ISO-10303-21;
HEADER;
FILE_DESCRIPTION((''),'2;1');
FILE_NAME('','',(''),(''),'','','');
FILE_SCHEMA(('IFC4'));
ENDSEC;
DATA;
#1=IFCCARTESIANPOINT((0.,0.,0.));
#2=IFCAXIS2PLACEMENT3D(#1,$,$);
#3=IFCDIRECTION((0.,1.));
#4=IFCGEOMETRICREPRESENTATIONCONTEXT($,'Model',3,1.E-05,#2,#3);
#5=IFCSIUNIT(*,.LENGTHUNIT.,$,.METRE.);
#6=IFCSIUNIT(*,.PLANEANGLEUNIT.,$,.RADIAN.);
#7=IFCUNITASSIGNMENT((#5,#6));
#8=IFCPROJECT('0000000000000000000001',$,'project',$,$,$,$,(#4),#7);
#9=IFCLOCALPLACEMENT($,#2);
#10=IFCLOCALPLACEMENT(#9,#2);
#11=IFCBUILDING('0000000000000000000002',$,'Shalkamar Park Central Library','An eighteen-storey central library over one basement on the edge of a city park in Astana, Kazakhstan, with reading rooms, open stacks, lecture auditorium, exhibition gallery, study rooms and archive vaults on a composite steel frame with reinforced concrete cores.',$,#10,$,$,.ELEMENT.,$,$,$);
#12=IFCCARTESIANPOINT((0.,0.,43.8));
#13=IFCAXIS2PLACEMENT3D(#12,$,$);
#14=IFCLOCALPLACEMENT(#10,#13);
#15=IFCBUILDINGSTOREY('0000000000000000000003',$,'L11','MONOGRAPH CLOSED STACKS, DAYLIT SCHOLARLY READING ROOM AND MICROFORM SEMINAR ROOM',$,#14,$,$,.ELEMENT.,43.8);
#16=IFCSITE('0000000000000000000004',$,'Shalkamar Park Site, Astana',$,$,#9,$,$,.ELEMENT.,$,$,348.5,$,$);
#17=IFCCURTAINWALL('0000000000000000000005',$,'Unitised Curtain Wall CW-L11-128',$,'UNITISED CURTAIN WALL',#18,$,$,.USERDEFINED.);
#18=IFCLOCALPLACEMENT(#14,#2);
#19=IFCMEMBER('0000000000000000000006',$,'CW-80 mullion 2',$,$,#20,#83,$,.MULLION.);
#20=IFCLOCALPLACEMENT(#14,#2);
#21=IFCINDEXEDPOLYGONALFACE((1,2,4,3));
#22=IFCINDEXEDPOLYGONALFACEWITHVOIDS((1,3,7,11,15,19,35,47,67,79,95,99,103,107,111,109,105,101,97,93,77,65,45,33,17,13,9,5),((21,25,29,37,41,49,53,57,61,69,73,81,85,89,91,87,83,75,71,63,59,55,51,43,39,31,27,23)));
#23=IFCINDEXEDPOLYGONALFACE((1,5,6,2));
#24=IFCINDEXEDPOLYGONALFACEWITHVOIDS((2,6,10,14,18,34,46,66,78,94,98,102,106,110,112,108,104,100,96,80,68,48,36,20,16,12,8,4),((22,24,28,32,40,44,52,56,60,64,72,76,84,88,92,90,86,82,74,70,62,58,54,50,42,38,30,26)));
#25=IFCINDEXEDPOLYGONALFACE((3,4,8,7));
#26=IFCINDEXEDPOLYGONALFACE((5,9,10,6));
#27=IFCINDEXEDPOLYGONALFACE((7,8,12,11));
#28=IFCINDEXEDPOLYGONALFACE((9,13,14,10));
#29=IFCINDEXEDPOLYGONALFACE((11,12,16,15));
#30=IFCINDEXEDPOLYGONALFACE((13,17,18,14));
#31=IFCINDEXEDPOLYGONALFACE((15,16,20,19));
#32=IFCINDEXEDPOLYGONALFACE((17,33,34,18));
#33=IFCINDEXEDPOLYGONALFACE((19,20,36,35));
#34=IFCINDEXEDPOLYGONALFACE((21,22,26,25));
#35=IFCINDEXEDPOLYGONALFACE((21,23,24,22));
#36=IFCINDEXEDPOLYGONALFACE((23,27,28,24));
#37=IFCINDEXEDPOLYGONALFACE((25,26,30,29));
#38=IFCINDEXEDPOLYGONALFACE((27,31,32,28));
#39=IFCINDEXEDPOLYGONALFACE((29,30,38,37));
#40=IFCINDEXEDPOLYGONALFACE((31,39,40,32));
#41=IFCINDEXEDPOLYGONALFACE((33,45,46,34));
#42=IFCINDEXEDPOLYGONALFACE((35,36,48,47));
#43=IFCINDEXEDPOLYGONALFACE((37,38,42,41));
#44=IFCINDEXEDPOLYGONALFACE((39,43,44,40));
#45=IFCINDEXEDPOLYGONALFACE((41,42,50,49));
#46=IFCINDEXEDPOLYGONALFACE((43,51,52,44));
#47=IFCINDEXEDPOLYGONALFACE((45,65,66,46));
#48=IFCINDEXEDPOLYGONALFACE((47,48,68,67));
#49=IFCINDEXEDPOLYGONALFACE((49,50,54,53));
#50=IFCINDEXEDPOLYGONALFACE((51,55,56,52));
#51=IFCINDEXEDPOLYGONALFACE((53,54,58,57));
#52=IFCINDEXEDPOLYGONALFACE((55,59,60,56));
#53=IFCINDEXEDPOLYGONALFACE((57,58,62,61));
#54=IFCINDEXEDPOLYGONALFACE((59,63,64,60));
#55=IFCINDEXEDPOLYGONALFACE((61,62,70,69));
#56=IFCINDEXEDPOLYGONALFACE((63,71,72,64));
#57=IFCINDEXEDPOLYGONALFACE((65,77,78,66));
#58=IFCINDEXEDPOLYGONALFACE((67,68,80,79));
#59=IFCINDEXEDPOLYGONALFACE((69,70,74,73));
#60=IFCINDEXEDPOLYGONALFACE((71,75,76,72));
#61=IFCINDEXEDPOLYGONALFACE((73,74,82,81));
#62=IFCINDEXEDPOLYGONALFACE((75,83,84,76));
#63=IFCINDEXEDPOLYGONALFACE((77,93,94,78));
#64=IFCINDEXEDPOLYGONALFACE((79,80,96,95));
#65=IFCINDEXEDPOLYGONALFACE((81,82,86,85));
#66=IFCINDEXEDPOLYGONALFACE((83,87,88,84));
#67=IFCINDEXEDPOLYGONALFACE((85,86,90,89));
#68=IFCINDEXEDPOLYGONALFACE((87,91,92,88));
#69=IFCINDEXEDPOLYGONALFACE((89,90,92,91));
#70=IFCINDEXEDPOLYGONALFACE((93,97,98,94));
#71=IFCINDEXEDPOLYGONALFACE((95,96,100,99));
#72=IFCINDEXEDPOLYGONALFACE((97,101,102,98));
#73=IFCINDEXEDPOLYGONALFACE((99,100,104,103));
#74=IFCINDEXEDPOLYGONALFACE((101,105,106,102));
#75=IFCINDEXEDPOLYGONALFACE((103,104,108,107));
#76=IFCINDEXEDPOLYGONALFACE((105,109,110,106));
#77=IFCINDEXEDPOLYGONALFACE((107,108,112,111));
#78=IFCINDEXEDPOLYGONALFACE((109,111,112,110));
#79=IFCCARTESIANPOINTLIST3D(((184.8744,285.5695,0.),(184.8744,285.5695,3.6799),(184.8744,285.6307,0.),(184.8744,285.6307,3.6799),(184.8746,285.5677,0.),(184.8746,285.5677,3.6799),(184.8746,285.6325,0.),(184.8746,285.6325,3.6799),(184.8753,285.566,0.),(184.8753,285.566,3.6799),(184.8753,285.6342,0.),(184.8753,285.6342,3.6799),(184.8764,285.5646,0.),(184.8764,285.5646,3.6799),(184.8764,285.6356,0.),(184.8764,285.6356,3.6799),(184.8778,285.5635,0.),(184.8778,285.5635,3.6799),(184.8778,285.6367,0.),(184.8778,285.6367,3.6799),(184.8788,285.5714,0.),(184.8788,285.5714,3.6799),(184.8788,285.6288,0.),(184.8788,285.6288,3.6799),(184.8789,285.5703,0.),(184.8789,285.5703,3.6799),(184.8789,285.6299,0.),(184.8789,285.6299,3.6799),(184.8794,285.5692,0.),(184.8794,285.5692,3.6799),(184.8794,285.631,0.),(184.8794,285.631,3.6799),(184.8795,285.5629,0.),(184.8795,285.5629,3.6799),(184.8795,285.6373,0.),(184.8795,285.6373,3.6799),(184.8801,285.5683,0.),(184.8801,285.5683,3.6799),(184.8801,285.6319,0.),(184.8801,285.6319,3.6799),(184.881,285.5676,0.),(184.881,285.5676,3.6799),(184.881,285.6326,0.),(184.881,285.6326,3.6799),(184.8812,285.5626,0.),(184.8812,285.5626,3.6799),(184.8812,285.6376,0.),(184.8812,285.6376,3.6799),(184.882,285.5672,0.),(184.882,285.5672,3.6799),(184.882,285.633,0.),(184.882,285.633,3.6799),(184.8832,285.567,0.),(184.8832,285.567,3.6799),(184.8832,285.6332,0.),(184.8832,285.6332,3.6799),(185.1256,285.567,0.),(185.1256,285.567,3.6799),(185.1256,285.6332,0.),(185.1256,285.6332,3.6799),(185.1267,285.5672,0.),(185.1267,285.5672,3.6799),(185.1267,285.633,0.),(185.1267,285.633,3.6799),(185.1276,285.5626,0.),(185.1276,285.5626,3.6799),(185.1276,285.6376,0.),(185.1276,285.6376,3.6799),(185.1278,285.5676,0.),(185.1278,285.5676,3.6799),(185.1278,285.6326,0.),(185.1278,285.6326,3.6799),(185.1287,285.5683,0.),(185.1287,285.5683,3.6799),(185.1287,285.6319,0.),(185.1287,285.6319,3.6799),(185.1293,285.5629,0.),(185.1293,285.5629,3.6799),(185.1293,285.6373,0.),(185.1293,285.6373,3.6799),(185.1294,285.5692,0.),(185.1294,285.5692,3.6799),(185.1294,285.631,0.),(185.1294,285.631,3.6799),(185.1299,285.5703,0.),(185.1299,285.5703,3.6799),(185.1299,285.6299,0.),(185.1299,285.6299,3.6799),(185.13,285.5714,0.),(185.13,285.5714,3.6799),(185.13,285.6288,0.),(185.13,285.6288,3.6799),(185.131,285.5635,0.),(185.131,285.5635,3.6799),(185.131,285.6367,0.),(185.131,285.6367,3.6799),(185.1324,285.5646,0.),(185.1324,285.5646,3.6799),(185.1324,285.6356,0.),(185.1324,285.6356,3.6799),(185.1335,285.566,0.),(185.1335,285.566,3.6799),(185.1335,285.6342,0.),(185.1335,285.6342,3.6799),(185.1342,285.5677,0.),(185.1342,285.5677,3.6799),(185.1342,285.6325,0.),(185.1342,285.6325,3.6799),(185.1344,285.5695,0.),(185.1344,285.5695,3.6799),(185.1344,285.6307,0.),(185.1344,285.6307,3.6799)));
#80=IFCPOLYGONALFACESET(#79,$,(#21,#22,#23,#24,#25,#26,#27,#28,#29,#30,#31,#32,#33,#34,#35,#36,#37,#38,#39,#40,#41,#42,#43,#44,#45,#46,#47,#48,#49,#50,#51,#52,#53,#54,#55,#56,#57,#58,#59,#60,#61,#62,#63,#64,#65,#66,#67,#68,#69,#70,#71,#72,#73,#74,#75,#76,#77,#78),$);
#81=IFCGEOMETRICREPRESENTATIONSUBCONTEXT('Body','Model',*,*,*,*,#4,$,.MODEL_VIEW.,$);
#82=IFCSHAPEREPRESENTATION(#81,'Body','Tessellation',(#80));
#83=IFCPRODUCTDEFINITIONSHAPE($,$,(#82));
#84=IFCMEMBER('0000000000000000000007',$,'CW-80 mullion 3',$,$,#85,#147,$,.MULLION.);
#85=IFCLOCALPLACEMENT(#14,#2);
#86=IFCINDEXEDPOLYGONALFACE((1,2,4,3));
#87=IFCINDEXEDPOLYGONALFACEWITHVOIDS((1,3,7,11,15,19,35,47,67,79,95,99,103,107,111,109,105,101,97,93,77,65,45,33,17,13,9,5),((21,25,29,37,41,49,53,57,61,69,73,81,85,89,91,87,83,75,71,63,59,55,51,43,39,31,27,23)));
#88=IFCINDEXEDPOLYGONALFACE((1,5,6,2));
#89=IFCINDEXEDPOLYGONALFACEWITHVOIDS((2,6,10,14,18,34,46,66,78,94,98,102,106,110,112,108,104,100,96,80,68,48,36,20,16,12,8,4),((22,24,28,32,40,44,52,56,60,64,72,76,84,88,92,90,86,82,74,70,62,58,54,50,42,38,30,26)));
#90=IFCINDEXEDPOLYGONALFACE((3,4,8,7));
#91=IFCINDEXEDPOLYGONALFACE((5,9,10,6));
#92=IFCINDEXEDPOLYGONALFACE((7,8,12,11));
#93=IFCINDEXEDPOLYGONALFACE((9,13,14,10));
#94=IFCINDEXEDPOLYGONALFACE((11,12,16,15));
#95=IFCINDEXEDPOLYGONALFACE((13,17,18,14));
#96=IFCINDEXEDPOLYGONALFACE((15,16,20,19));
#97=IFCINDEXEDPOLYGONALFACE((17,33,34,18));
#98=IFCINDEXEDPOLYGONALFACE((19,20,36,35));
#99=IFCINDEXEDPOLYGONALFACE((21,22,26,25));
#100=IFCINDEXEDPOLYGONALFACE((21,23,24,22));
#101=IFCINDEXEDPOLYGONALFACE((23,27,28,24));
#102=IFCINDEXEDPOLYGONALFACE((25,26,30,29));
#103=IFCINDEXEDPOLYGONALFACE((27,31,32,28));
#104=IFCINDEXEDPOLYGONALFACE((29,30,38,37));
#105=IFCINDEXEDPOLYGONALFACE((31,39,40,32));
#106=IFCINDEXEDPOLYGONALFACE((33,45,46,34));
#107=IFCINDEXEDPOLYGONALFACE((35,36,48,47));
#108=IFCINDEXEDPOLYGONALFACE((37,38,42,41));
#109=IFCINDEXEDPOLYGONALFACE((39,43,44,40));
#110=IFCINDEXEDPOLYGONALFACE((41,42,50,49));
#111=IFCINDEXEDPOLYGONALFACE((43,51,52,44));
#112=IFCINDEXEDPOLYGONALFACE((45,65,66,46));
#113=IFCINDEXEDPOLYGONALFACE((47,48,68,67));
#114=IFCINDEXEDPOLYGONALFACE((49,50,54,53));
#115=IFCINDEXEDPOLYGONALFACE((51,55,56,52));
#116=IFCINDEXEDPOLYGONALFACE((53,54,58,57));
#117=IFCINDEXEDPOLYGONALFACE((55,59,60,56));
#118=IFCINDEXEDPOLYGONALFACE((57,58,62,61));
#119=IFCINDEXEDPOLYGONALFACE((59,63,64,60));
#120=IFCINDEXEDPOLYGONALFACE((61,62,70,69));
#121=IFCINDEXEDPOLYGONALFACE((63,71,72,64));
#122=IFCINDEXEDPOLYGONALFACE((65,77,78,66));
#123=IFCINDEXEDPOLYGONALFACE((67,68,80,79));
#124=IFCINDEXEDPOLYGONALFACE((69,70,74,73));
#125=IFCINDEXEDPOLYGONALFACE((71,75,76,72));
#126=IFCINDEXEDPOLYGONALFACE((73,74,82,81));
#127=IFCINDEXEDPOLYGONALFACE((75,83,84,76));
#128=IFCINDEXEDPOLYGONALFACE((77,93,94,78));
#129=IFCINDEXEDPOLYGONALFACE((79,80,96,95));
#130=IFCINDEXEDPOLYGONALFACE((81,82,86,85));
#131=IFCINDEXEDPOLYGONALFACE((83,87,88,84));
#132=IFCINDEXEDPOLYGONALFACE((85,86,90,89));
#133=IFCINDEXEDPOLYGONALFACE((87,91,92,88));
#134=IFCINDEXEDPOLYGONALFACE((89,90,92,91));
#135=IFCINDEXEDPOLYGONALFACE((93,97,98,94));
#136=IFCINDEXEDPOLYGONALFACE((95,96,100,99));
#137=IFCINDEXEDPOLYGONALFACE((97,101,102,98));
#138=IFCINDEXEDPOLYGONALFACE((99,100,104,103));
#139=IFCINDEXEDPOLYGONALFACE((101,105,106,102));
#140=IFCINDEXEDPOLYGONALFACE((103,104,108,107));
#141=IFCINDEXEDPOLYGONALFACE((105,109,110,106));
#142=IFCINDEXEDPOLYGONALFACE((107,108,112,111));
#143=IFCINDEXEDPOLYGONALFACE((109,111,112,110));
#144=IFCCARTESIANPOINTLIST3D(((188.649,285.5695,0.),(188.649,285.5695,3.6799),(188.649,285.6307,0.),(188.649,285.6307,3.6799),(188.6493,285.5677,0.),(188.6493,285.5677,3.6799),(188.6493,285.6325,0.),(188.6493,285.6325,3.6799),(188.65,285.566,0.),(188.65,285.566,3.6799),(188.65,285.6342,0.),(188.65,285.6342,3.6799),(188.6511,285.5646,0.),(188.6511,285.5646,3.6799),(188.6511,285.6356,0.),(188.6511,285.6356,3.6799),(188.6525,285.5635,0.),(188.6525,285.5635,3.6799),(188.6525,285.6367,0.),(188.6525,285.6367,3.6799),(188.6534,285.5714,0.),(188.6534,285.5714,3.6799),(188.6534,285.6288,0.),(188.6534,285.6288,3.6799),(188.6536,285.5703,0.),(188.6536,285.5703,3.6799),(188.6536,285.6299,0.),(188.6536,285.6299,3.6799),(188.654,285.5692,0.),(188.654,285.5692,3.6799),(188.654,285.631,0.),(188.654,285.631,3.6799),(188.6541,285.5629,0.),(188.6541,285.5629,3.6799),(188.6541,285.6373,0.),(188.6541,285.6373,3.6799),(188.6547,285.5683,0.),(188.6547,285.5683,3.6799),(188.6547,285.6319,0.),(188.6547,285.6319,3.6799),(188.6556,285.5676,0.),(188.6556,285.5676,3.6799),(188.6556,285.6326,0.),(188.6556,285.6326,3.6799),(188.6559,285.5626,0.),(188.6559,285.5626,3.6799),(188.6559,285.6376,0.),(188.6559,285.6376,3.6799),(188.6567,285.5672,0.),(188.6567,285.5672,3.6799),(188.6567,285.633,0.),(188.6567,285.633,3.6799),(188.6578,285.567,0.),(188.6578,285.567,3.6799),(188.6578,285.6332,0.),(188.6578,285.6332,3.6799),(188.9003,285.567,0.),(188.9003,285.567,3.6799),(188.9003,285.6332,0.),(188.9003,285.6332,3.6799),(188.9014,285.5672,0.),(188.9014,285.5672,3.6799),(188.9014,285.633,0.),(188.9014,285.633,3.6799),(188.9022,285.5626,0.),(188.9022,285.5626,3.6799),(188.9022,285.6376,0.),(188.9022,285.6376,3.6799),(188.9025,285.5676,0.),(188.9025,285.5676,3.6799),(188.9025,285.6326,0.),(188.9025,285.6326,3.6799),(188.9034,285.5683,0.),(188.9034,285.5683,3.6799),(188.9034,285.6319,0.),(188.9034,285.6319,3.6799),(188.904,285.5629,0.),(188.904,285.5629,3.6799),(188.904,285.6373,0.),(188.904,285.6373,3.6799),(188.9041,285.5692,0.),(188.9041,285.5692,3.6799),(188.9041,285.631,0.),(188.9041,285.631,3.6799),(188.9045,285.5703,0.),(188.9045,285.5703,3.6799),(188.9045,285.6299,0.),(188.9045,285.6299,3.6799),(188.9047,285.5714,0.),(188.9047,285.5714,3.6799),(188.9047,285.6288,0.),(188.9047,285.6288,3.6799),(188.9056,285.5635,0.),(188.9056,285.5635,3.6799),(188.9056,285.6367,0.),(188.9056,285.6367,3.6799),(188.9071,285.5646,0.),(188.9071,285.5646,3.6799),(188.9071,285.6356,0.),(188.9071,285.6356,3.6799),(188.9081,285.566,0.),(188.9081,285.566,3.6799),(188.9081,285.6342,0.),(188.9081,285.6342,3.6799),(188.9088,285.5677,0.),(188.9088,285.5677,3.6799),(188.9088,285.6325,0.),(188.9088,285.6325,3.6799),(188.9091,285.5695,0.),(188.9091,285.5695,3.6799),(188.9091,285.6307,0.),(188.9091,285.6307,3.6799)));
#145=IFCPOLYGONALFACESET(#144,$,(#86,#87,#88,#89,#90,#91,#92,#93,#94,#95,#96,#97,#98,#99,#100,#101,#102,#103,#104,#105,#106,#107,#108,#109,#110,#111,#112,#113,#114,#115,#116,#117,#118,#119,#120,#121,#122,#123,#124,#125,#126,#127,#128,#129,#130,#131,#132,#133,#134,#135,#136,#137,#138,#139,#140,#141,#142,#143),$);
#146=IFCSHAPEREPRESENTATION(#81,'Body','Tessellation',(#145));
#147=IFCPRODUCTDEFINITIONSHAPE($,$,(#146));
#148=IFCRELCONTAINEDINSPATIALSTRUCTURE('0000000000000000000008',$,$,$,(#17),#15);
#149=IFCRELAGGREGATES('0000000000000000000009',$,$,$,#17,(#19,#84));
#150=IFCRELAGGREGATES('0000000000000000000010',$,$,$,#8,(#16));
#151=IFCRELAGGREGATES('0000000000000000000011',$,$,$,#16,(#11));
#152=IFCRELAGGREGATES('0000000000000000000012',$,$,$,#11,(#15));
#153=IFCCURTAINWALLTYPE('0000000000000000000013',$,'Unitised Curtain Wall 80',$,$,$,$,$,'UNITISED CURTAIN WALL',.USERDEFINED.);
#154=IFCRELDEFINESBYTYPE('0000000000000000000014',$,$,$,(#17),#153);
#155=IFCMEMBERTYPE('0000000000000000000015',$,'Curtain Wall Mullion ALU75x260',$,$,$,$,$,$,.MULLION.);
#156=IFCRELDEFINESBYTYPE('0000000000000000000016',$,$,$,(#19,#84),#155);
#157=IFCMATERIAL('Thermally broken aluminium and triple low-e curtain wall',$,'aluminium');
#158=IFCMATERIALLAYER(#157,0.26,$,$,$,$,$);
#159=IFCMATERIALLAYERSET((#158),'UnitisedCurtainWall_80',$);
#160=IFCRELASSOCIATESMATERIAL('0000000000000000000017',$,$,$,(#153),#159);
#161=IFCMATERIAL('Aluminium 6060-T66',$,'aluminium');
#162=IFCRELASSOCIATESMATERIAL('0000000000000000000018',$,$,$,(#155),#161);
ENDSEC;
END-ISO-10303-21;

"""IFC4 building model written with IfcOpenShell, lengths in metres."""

from ifc_helpers import new_model, si_unit, direction, frame, origin, origin_2d, place, context, subcontext, project, spatial, hollow_rectangle, extrude, material, layer, layer_set, material_profile, profile_set, type_object, element, aggregate, save


model = new_model("IFC4")

# Units and contexts
model_context = context("Model", 3, precision=1e-05, world=origin(), true_north=direction((0.0, 1.0)))
body_context = subcontext(model_context, "Body", "Model", "MODEL_VIEW")
ifc_project = project(units=[si_unit("LENGTHUNIT", "METRE"), si_unit("PLANEANGLEUNIT", "RADIAN")], contexts=[model_context])

# Site, building, storey
site_placement = place(None, origin())
site = spatial("IfcSite", under=ifc_project, at=site_placement, Name="Shalkamar Park Site, Astana", CompositionType="ELEMENT", RefElevation=348.5)
building_placement = place(site_placement, origin())
building = spatial("IfcBuilding", under=site, at=building_placement, Name="Shalkamar Park Central Library", Description="An eighteen-storey central library over one basement on the edge of a city park in Astana, Kazakhstan, with reading rooms, open stacks, lecture auditorium, exhibition gallery, study rooms and archive vaults on a composite steel frame with reinforced concrete cores.", CompositionType="ELEMENT")
storey_placement = place(building_placement, frame((0.0, 0.0, 43.8)))
storey = spatial("IfcBuildingStorey", under=building, at=storey_placement, Name="L11", Description="MONOGRAPH CLOSED STACKS, DAYLIT SCHOLARLY READING ROOM AND MICROFORM SEMINAR ROOM", CompositionType="ELEMENT", Elevation=43.8)

# Curtain wall, members
ifc_material_1 = material(Name="Thermally broken aluminium and triple low-e curtain wall", Category="aluminium")
ifc_layer_1 = layer(ifc_material_1, 0.26)
ifc_layer_set_1 = layer_set([ifc_layer_1], Name="UnitisedCurtainWall_80")
curtain_wall_type_1 = type_object("IfcCurtainWallType", Name="Unitised Curtain Wall 80", ElementType="UNITISED CURTAIN WALL", PredefinedType="USERDEFINED", material=ifc_layer_set_1)
curtain_wall_1_placement = place(storey_placement, origin())
curtain_wall_1 = element("IfcCurtainWall", 1, at=curtain_wall_1_placement, inside=storey, type_object=curtain_wall_type_1, Name="Unitised Curtain Wall CW-L11-128", ObjectType="UNITISED CURTAIN WALL", PredefinedType="USERDEFINED")
ifc_material_2 = material(Name="Aluminium 6060-T66", Category="aluminium")
ifc_material_profile_1 = material_profile(ifc_material_2, hollow_rectangle(XDim=0.075, YDim=0.26, WallThickness=0.0044, InnerFilletRadius=0.0044, OuterFilletRadius=0.0068, at=origin_2d()), Name="ALU 75x260x4.5")
ifc_profile_set_1 = profile_set([ifc_material_profile_1], Name="Aluminium 6060-T66")
member_type_1 = type_object("IfcMemberType", Name="Curtain Wall Mullion ALU75x260", PredefinedType="MULLION", material=ifc_profile_set_1)
member_1_placement = place(storey_placement, frame((185.0044, 285.6001, 0.0), z_axis=(0.0, 0.0, 1.0), x_axis=(0.0, 1.0, 0.0)))
member_1 = element("IfcMember", 2, at=member_1_placement, type_object=member_type_1, Name="CW-80 mullion 2", PredefinedType="MULLION", context=body_context, shape_type="SweptSolid", body=[
    extrude(hollow_rectangle(XDim=0.075, YDim=0.26, WallThickness=0.0044, InnerFilletRadius=0.0044, OuterFilletRadius=0.0068, at=origin_2d()), origin(), (0.0, 0.0, 1.0), 3.6799),
])
member_2_placement = place(storey_placement, frame((188.7791, 285.6001, 0.0), z_axis=(0.0, 0.0, 1.0), x_axis=(0.0, 1.0, 0.0)))
member_2 = element("IfcMember", 3, at=member_2_placement, type_object=member_type_1, Name="CW-80 mullion 3", PredefinedType="MULLION", context=body_context, shape_type="SweptSolid", body=[
    extrude(hollow_rectangle(XDim=0.075, YDim=0.26, WallThickness=0.0044, InnerFilletRadius=0.0044, OuterFilletRadius=0.0068, at=origin_2d()), origin(), (0.0, 0.0, 1.0), 3.6799),
])

aggregate(curtain_wall_1, [member_1, member_2])

save(model, "model.ifc")
